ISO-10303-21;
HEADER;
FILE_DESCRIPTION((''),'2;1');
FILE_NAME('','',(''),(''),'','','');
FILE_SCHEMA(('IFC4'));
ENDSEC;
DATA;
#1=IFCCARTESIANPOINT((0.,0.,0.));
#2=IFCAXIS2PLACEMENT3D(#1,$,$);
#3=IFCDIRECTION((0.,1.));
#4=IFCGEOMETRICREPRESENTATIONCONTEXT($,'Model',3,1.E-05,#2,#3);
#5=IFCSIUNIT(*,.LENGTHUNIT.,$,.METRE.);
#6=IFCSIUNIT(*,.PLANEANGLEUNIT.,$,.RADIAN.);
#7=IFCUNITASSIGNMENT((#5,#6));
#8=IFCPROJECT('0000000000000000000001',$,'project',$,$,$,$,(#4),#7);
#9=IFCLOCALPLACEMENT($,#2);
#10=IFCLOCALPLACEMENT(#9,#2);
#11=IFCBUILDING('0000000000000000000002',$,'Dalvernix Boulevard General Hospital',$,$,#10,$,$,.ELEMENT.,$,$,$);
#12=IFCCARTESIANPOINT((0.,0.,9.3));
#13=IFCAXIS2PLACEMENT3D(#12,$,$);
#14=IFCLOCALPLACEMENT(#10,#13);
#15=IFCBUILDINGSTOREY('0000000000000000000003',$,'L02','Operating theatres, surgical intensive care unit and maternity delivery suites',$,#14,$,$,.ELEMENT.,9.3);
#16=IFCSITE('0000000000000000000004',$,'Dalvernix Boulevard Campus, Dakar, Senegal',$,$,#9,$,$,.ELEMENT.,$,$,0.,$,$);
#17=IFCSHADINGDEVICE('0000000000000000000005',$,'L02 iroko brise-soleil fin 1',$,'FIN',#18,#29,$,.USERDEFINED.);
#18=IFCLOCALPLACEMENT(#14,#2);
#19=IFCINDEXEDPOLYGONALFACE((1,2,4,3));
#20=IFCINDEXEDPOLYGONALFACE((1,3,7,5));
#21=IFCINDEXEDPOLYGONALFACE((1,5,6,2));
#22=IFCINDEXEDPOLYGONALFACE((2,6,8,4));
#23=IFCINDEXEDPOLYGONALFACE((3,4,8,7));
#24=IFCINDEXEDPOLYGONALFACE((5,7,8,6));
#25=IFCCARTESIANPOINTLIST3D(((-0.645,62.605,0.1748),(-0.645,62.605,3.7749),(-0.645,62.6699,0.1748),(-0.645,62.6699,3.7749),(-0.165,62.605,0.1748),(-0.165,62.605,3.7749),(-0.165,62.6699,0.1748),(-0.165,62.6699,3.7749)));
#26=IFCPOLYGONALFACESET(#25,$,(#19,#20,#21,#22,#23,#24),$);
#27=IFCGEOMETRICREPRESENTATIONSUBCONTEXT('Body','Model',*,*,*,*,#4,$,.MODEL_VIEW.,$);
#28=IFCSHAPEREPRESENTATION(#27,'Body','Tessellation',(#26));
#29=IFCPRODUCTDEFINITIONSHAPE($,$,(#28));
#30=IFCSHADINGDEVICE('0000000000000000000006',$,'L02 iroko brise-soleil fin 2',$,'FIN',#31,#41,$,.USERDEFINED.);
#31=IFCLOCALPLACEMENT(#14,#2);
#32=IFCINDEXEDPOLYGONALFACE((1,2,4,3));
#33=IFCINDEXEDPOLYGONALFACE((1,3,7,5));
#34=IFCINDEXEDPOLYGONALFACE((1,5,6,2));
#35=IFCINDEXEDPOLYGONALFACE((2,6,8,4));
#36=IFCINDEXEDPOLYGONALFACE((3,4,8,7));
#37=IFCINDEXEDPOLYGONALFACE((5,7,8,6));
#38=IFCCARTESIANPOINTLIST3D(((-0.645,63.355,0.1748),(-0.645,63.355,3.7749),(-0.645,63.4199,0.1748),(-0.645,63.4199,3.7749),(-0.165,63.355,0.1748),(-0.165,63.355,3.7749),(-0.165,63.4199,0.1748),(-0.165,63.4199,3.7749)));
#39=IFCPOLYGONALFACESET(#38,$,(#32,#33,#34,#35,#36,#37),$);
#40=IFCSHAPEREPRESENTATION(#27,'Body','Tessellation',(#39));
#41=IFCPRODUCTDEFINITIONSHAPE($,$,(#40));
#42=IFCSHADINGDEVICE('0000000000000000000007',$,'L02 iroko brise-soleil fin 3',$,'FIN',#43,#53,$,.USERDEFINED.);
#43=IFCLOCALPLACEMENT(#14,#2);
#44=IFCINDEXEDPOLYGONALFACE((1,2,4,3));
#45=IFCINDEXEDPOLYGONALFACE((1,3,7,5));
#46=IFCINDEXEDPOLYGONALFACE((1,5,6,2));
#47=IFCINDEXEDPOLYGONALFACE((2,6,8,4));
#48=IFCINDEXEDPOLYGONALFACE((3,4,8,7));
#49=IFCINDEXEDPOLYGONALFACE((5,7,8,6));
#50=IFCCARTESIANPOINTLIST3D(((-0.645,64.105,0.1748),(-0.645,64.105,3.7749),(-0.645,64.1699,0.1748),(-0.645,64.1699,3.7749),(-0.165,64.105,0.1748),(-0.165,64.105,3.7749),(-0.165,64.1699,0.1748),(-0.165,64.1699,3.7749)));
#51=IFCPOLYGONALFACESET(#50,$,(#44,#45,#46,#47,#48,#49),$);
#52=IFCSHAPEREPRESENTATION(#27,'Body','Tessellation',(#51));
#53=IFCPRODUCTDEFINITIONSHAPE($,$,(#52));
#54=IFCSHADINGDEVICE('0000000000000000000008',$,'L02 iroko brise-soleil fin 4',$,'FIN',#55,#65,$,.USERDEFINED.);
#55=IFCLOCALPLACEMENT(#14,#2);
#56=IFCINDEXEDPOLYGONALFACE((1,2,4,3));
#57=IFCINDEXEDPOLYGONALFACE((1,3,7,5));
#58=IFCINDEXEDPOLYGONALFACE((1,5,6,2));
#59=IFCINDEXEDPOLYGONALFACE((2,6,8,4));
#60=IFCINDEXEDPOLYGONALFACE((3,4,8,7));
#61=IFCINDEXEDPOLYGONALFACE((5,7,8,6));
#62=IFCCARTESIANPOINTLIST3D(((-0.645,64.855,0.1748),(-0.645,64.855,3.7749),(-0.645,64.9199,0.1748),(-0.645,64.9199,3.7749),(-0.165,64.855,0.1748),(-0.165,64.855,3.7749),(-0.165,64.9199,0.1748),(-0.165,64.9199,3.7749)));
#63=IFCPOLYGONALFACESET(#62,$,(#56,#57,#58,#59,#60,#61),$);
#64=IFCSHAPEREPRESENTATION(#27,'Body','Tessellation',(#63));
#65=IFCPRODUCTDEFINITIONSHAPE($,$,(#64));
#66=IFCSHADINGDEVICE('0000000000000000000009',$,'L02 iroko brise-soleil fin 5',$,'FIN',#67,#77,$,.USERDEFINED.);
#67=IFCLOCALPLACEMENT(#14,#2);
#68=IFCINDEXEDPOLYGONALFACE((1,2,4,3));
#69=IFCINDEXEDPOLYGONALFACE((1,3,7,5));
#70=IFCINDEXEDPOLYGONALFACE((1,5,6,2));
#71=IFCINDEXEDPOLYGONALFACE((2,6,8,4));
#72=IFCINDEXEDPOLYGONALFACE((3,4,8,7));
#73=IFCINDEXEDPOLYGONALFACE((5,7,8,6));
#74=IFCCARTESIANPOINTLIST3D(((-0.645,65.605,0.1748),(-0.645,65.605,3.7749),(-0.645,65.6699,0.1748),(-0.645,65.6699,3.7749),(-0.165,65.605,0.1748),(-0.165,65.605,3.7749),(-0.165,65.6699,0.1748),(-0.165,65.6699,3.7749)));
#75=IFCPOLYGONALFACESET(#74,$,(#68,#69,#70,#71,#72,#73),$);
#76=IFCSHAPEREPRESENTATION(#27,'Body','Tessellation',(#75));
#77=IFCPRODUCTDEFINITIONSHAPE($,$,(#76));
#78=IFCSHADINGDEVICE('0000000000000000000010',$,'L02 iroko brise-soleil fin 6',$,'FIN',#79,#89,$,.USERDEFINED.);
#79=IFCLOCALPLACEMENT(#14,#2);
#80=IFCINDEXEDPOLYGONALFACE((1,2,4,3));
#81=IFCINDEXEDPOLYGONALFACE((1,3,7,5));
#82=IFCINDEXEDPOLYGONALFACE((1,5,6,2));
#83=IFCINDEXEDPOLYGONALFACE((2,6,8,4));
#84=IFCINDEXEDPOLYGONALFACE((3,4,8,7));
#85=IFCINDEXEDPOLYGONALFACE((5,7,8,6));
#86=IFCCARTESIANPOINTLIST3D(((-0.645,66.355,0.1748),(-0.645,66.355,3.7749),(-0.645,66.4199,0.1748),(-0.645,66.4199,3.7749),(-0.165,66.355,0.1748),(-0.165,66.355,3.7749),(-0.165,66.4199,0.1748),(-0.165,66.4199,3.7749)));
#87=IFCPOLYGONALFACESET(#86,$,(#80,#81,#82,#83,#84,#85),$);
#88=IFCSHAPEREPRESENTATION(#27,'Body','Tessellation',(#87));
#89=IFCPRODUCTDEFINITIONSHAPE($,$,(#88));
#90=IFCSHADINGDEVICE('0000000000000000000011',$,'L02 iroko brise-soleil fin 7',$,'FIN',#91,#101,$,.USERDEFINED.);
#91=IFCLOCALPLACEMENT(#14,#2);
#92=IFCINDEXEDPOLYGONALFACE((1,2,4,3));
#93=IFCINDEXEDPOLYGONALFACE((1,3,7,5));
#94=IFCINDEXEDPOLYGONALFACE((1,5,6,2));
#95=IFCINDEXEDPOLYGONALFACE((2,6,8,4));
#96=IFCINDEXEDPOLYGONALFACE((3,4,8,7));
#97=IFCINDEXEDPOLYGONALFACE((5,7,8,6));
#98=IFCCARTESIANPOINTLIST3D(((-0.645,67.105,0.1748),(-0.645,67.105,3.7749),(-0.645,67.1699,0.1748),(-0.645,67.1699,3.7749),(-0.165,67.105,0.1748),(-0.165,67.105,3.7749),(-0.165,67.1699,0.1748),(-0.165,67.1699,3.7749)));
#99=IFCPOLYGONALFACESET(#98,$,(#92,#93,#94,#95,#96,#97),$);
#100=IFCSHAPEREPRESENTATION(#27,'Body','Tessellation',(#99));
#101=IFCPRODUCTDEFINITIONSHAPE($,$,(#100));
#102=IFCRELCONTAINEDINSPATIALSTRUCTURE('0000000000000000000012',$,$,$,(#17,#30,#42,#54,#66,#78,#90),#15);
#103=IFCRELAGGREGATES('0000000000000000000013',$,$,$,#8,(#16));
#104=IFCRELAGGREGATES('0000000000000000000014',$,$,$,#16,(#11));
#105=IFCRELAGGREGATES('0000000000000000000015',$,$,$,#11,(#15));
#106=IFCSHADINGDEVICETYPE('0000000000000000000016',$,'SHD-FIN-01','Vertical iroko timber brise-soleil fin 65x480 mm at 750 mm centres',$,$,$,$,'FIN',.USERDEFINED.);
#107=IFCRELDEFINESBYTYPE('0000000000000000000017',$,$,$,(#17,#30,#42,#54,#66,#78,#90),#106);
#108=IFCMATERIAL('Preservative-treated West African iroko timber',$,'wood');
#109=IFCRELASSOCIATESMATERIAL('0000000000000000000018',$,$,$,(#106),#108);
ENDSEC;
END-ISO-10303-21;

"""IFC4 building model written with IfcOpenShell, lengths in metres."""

from ifc_helpers import new_model, si_unit, direction, frame, origin, origin_2d, place, context, subcontext, project, spatial, rectangle, extrude, material, type_object, element, save


model = new_model("IFC4")

# Units and contexts
model_context = context("Model", 3, precision=1e-05, world=origin(), true_north=direction((0.0, 1.0)))
body_context = subcontext(model_context, "Body", "Model", "MODEL_VIEW")
ifc_project = project(units=[si_unit("LENGTHUNIT", "METRE"), si_unit("PLANEANGLEUNIT", "RADIAN")], contexts=[model_context])

# Site, building, storey
site_placement = place(None, origin())
site = spatial("IfcSite", under=ifc_project, at=site_placement, Name="Dalvernix Boulevard Campus, Dakar, Senegal", CompositionType="ELEMENT", RefElevation=0.0)
building_placement = place(site_placement, origin())
building = spatial("IfcBuilding", under=site, at=building_placement, Name="Dalvernix Boulevard General Hospital", CompositionType="ELEMENT")
storey_placement = place(building_placement, frame((0.0, 0.0, 9.3)))
storey = spatial("IfcBuildingStorey", under=building, at=storey_placement, Name="L02", Description="Operating theatres, surgical intensive care unit and maternity delivery suites", CompositionType="ELEMENT", Elevation=9.3)

# Shading devices
ifc_material_1 = material(Name="Preservative-treated West African iroko timber", Category="wood")
shading_device_type = type_object("IfcShadingDeviceType", Name="SHD-FIN-01", Description="Vertical iroko timber brise-soleil fin 65x480 mm at 750 mm centres", ElementType="FIN", PredefinedType="USERDEFINED", material=ifc_material_1)
for number, where, z_axis, x_axis, name in (
    (1, (-0.405, 62.6375, 0.1748), (0.0, 0.0, 1.0), (0.0, 1.0, 0.0), "L02 iroko brise-soleil fin 1"),
    (2, (-0.405, 63.3875, 0.1748), (0.0, 0.0, 1.0), (0.0, 1.0, 0.0), "L02 iroko brise-soleil fin 2"),
    (3, (-0.405, 64.1375, 0.1748), (0.0, 0.0, 1.0), (0.0, 1.0, 0.0), "L02 iroko brise-soleil fin 3"),
    (4, (-0.405, 64.8875, 0.1748), (0.0, 0.0, 1.0), (0.0, 1.0, 0.0), "L02 iroko brise-soleil fin 4"),
    (5, (-0.405, 65.6375, 0.1748), (0.0, 0.0, 1.0), (0.0, 1.0, 0.0), "L02 iroko brise-soleil fin 5"),
    (6, (-0.405, 66.3875, 0.1748), (0.0, 0.0, 1.0), (0.0, 1.0, 0.0), "L02 iroko brise-soleil fin 6"),
    (7, (-0.405, 67.1375, 0.1748), (0.0, 0.0, 1.0), (0.0, 1.0, 0.0), "L02 iroko brise-soleil fin 7"),
):
    element("IfcShadingDevice", number, at=place(storey_placement, frame(where, z_axis=z_axis, x_axis=x_axis)), inside=storey, type_object=shading_device_type, Name=name, ObjectType="FIN", PredefinedType="USERDEFINED", context=body_context, shape_type="SweptSolid", body=[
        extrude(rectangle(XDim=0.0649, YDim=0.48, at=origin_2d()), origin(), (0.0, 0.0, 1.0), 3.6001),
    ])

save(model, "model.ifc")
